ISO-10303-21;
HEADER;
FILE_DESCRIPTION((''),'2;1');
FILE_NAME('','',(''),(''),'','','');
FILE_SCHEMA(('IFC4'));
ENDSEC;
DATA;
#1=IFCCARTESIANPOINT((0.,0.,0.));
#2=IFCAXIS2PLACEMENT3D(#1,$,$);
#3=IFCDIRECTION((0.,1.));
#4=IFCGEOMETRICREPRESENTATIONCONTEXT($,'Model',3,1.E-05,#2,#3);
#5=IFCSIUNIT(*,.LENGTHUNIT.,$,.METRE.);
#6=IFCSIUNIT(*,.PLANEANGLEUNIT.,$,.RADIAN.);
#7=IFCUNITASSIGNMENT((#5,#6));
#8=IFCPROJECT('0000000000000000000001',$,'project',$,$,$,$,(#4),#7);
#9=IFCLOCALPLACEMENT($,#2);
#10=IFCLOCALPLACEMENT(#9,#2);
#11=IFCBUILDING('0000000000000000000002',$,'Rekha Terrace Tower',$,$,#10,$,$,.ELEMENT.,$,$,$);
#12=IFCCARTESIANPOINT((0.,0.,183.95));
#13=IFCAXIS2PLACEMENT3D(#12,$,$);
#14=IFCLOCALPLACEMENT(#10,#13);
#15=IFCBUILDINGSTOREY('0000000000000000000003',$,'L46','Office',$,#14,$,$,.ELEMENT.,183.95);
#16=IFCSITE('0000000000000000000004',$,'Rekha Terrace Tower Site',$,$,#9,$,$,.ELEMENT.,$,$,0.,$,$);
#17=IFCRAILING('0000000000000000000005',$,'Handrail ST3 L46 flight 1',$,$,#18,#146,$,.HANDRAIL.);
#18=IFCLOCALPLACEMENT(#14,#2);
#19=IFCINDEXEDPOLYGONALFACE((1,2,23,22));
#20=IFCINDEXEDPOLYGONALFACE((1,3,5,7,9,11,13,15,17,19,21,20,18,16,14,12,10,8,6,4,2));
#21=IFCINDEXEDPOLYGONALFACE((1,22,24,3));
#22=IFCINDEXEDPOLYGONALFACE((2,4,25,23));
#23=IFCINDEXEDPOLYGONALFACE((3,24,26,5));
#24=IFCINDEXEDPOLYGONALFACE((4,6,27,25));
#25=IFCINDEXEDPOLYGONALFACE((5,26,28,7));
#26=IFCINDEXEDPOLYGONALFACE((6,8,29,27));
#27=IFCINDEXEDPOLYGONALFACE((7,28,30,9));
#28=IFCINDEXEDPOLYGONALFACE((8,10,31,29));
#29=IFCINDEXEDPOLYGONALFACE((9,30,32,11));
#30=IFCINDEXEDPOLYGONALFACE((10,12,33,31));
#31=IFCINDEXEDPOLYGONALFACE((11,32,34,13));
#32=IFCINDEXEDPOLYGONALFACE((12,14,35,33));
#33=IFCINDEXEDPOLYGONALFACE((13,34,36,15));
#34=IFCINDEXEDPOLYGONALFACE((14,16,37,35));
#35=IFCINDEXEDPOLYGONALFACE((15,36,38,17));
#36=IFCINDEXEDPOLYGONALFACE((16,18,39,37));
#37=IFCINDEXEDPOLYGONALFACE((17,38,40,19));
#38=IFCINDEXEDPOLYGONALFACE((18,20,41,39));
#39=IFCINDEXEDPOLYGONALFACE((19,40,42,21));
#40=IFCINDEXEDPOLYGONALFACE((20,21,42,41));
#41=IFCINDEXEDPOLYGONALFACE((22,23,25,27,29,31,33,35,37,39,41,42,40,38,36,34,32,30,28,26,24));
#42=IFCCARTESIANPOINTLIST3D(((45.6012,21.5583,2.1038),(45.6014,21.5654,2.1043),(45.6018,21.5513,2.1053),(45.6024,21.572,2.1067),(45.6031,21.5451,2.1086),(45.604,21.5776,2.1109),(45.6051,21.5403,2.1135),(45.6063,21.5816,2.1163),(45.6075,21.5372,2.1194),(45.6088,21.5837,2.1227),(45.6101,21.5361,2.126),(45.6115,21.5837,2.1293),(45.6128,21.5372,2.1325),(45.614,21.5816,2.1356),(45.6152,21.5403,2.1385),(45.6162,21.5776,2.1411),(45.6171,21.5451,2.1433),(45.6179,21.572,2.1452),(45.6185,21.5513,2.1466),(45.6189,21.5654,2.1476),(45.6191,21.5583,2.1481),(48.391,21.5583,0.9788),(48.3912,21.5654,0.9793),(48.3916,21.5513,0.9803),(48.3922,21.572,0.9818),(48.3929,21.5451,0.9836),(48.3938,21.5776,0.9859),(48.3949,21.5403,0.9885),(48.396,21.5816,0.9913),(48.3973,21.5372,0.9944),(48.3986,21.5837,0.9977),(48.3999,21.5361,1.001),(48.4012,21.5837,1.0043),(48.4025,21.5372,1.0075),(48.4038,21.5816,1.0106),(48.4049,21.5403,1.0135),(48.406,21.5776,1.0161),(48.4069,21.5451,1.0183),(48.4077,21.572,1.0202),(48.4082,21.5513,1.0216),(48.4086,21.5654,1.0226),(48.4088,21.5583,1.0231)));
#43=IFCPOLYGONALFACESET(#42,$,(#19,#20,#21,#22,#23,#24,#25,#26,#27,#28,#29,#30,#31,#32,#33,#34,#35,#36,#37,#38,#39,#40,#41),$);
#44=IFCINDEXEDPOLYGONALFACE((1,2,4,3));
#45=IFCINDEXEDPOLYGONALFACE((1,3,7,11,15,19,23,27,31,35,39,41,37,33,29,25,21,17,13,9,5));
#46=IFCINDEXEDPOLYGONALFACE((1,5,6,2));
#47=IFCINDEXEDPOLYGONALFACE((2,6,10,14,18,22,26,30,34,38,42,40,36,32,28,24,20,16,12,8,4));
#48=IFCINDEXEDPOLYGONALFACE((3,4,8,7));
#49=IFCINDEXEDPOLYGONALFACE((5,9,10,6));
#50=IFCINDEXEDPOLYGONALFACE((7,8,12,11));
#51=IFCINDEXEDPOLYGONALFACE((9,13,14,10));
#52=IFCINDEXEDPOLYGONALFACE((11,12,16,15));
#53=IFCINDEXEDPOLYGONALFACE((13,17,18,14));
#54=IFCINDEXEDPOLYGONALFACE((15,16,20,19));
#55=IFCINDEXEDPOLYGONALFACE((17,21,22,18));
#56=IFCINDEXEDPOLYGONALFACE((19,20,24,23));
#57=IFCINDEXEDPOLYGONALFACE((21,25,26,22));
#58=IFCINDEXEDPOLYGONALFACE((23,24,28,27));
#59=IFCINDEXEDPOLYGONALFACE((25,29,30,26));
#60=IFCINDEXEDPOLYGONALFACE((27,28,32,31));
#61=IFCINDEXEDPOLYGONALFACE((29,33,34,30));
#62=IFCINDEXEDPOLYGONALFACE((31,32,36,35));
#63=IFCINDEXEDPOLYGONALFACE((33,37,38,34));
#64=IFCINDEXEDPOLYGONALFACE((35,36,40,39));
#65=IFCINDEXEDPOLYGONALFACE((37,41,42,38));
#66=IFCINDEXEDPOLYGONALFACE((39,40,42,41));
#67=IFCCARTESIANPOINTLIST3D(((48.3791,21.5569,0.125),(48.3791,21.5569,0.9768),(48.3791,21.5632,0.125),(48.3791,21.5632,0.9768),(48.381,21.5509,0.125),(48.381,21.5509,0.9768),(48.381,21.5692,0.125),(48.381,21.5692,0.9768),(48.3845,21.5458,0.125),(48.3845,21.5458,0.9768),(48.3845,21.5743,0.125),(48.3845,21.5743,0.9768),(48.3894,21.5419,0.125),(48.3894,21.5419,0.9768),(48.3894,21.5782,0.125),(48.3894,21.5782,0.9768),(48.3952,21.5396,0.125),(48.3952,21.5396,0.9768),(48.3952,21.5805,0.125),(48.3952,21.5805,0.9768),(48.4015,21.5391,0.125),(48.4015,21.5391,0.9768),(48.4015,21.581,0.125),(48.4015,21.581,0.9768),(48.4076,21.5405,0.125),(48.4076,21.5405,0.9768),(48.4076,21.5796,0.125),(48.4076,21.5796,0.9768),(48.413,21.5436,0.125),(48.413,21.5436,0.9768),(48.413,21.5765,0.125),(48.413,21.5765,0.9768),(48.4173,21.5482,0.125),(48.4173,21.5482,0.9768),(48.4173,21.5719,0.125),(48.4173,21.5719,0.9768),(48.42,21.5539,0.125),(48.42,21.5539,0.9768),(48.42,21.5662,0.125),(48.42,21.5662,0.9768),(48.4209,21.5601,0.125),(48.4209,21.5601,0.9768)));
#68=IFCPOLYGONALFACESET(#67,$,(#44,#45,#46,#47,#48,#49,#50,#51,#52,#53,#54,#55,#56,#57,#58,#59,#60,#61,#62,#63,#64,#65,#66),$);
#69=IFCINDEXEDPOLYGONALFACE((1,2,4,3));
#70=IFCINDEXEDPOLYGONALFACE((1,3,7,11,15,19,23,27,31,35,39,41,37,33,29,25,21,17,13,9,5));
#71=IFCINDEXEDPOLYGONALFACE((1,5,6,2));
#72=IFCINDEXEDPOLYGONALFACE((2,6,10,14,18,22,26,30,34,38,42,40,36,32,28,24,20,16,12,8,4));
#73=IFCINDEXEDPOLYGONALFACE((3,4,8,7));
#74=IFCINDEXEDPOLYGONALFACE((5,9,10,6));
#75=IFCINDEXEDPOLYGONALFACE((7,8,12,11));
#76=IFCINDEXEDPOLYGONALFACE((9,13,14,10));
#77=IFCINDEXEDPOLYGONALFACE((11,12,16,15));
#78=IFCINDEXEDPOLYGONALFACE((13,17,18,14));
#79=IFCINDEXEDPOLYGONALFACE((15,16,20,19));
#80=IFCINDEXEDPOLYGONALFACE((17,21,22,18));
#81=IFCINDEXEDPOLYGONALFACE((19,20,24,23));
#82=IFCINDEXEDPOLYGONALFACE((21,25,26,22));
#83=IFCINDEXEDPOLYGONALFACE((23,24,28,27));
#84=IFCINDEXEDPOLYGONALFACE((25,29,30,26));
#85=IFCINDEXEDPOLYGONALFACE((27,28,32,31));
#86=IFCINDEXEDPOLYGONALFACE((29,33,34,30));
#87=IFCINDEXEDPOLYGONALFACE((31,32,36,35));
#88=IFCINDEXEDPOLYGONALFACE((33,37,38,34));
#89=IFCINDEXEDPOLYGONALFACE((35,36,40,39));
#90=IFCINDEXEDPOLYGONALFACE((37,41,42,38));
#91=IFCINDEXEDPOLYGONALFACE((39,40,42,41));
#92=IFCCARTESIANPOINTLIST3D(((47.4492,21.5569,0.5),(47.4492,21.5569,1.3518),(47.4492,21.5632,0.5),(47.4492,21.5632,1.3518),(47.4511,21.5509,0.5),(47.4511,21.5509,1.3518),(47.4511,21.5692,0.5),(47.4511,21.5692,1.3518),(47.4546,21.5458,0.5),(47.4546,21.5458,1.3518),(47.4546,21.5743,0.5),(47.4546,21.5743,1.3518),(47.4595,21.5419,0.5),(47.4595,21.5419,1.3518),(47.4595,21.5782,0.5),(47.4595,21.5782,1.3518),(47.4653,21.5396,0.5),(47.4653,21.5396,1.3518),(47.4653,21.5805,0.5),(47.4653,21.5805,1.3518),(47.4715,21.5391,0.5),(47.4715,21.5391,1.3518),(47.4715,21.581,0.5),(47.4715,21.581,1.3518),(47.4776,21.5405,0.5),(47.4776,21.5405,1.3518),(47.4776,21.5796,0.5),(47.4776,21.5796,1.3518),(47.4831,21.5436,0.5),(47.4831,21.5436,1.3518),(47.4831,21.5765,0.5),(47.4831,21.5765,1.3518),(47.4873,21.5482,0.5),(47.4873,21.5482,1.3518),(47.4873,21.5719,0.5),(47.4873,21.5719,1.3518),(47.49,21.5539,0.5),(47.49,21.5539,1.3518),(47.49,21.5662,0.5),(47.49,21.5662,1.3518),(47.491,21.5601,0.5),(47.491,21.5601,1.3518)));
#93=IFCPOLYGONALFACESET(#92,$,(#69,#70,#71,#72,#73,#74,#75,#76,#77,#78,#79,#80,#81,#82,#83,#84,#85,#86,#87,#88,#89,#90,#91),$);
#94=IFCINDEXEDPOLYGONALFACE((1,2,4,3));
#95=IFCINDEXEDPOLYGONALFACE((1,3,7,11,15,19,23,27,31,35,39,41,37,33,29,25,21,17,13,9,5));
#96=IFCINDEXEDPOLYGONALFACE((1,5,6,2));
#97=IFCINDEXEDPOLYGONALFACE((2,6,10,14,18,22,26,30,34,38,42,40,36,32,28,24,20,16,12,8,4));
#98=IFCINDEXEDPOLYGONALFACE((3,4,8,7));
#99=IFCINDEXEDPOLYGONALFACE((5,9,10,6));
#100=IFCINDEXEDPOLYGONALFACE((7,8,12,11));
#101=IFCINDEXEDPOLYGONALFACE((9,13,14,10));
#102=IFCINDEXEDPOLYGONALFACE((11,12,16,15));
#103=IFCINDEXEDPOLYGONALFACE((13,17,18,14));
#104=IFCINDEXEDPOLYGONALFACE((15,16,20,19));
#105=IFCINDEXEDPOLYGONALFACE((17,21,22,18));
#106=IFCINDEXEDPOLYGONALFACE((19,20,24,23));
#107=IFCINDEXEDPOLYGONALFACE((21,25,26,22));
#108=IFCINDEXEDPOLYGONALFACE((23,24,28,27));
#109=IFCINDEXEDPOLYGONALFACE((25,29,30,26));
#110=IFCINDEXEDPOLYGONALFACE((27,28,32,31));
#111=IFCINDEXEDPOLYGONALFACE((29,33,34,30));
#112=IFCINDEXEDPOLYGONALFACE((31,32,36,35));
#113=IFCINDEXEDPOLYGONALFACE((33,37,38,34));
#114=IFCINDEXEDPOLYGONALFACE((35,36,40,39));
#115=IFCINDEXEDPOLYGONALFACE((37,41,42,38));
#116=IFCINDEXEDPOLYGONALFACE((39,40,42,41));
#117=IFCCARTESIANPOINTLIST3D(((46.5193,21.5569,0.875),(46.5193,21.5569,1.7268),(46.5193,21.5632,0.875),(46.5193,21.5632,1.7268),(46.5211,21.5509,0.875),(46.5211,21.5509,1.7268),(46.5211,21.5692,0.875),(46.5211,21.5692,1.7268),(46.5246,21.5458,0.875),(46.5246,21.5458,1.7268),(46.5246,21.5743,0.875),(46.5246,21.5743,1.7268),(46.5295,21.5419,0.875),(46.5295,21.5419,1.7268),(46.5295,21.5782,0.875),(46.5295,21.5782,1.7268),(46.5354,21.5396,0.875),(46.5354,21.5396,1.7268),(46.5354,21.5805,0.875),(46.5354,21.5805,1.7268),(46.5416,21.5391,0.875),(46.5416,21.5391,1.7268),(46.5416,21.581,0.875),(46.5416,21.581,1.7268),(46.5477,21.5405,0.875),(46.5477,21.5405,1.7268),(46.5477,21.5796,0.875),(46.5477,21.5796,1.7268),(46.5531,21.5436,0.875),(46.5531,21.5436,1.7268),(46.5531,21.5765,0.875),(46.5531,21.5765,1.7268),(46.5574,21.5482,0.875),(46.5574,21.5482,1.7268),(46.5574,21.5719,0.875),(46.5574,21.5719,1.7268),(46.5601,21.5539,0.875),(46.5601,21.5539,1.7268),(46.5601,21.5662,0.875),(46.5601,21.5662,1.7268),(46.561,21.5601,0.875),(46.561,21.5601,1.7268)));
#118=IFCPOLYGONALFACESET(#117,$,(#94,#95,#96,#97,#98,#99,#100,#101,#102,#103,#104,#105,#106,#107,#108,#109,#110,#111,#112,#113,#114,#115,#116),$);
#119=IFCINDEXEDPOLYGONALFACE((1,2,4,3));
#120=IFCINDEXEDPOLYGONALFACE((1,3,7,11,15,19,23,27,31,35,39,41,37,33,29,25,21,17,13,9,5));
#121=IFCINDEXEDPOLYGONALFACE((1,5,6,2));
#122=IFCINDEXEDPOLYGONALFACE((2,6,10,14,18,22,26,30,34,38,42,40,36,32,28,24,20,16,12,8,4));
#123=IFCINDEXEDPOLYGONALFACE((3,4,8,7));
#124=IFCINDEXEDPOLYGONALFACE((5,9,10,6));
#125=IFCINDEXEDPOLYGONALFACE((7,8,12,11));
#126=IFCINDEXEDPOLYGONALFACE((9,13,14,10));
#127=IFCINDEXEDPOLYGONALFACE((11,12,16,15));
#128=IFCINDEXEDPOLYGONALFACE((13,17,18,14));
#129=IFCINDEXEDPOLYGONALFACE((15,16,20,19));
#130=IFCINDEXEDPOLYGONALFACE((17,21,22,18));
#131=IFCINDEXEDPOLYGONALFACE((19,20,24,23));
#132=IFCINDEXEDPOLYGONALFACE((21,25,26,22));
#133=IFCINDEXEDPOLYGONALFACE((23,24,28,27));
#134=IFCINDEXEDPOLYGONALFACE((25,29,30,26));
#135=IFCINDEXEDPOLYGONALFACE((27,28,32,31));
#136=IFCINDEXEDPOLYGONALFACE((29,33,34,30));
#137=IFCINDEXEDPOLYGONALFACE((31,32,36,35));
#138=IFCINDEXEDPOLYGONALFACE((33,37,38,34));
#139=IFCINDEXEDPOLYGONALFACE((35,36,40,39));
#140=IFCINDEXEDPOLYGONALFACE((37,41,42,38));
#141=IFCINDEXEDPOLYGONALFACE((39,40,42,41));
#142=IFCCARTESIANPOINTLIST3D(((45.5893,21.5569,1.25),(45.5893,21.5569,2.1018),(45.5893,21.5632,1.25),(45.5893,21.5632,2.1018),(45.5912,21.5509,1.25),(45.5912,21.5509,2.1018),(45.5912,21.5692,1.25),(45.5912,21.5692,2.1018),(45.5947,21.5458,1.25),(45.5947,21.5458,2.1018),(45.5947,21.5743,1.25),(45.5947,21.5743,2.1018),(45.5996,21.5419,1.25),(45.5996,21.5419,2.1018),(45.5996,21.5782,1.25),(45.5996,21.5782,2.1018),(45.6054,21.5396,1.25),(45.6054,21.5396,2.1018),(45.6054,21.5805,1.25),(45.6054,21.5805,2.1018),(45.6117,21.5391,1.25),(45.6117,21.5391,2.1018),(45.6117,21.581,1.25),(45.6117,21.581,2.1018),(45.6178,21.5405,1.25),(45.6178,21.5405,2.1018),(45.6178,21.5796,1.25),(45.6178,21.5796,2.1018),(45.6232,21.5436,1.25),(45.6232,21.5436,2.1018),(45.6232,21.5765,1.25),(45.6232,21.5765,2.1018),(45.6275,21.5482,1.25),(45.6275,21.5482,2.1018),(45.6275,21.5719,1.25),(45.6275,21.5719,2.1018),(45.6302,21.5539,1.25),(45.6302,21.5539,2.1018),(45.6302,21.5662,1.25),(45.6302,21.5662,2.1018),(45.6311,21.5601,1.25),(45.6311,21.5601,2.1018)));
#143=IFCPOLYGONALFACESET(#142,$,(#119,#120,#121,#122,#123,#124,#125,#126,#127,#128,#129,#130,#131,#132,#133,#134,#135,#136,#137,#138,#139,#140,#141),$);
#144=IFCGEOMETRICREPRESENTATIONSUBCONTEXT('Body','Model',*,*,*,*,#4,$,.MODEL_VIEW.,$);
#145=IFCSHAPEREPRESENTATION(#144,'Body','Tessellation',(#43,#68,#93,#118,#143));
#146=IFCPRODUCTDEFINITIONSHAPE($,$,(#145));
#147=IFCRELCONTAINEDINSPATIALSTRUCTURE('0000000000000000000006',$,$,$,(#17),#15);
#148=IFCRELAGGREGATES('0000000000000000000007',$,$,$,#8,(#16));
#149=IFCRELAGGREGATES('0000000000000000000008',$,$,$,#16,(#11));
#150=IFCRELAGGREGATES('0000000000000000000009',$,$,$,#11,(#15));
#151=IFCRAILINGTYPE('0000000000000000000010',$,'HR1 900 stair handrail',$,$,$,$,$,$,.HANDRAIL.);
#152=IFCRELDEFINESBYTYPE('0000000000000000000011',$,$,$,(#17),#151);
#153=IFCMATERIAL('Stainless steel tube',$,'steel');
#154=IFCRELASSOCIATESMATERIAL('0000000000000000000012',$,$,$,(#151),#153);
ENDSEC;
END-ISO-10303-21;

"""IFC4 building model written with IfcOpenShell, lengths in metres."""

from ifc_helpers import new_model, si_unit, direction, frame, origin, origin_2d, place, context, subcontext, project, spatial, circle, extrude, material, type_object, element, save


model = new_model("IFC4")

# Units and contexts
model_context = context("Model", 3, precision=1e-05, world=origin(), true_north=direction((0.0, 1.0)))
body_context = subcontext(model_context, "Body", "Model", "MODEL_VIEW")
ifc_project = project(units=[si_unit("LENGTHUNIT", "METRE"), si_unit("PLANEANGLEUNIT", "RADIAN")], contexts=[model_context])

# Site, building, storey
site_placement = place(None, origin())
site = spatial("IfcSite", under=ifc_project, at=site_placement, Name="Rekha Terrace Tower Site", CompositionType="ELEMENT", RefElevation=0.0)
building_placement = place(site_placement, origin())
building = spatial("IfcBuilding", under=site, at=building_placement, Name="Rekha Terrace Tower", CompositionType="ELEMENT")
storey_placement = place(building_placement, frame((0.0, 0.0, 183.95)))
storey = spatial("IfcBuildingStorey", under=building, at=storey_placement, Name="L46", Description="Office", CompositionType="ELEMENT", Elevation=183.95)

# Railing
ifc_material_1 = material(Name="Stainless steel tube", Category="steel")
railing_type_1 = type_object("IfcRailingType", Name="HR1 900 stair handrail", PredefinedType="HANDRAIL", material=ifc_material_1)
railing_1_placement = place(storey_placement, frame((48.3999, 21.5601, 0.125)))
element("IfcRailing", 1, at=railing_1_placement, inside=storey, type_object=railing_type_1, Name="Handrail ST3 L46 flight 1", PredefinedType="HANDRAIL", context=body_context, shape_type="SweptSolid", body=[
    extrude(circle(Radius=0.0239, at=origin_2d()), frame((0.0, 0.0, 0.876), z_axis=(-0.927432, 0.0, 0.373992), x_axis=(0.0, -1.0, 0.0)), (0.0, 0.0, 1.0), 3.0081),
    extrude(circle(Radius=0.021, at=origin_2d()), origin(), (0.0, 0.0, 1.0), 0.8518),
    extrude(circle(Radius=0.021, at=origin_2d()), frame((-0.9299, 0.0, 0.375)), (0.0, 0.0, 1.0), 0.8518),
    extrude(circle(Radius=0.021, at=origin_2d()), frame((-1.8599, 0.0, 0.75)), (0.0, 0.0, 1.0), 0.8518),
    extrude(circle(Radius=0.021, at=origin_2d()), frame((-2.7898, 0.0, 1.125)), (0.0, 0.0, 1.0), 0.8518),
])

save(model, "model.ifc")
